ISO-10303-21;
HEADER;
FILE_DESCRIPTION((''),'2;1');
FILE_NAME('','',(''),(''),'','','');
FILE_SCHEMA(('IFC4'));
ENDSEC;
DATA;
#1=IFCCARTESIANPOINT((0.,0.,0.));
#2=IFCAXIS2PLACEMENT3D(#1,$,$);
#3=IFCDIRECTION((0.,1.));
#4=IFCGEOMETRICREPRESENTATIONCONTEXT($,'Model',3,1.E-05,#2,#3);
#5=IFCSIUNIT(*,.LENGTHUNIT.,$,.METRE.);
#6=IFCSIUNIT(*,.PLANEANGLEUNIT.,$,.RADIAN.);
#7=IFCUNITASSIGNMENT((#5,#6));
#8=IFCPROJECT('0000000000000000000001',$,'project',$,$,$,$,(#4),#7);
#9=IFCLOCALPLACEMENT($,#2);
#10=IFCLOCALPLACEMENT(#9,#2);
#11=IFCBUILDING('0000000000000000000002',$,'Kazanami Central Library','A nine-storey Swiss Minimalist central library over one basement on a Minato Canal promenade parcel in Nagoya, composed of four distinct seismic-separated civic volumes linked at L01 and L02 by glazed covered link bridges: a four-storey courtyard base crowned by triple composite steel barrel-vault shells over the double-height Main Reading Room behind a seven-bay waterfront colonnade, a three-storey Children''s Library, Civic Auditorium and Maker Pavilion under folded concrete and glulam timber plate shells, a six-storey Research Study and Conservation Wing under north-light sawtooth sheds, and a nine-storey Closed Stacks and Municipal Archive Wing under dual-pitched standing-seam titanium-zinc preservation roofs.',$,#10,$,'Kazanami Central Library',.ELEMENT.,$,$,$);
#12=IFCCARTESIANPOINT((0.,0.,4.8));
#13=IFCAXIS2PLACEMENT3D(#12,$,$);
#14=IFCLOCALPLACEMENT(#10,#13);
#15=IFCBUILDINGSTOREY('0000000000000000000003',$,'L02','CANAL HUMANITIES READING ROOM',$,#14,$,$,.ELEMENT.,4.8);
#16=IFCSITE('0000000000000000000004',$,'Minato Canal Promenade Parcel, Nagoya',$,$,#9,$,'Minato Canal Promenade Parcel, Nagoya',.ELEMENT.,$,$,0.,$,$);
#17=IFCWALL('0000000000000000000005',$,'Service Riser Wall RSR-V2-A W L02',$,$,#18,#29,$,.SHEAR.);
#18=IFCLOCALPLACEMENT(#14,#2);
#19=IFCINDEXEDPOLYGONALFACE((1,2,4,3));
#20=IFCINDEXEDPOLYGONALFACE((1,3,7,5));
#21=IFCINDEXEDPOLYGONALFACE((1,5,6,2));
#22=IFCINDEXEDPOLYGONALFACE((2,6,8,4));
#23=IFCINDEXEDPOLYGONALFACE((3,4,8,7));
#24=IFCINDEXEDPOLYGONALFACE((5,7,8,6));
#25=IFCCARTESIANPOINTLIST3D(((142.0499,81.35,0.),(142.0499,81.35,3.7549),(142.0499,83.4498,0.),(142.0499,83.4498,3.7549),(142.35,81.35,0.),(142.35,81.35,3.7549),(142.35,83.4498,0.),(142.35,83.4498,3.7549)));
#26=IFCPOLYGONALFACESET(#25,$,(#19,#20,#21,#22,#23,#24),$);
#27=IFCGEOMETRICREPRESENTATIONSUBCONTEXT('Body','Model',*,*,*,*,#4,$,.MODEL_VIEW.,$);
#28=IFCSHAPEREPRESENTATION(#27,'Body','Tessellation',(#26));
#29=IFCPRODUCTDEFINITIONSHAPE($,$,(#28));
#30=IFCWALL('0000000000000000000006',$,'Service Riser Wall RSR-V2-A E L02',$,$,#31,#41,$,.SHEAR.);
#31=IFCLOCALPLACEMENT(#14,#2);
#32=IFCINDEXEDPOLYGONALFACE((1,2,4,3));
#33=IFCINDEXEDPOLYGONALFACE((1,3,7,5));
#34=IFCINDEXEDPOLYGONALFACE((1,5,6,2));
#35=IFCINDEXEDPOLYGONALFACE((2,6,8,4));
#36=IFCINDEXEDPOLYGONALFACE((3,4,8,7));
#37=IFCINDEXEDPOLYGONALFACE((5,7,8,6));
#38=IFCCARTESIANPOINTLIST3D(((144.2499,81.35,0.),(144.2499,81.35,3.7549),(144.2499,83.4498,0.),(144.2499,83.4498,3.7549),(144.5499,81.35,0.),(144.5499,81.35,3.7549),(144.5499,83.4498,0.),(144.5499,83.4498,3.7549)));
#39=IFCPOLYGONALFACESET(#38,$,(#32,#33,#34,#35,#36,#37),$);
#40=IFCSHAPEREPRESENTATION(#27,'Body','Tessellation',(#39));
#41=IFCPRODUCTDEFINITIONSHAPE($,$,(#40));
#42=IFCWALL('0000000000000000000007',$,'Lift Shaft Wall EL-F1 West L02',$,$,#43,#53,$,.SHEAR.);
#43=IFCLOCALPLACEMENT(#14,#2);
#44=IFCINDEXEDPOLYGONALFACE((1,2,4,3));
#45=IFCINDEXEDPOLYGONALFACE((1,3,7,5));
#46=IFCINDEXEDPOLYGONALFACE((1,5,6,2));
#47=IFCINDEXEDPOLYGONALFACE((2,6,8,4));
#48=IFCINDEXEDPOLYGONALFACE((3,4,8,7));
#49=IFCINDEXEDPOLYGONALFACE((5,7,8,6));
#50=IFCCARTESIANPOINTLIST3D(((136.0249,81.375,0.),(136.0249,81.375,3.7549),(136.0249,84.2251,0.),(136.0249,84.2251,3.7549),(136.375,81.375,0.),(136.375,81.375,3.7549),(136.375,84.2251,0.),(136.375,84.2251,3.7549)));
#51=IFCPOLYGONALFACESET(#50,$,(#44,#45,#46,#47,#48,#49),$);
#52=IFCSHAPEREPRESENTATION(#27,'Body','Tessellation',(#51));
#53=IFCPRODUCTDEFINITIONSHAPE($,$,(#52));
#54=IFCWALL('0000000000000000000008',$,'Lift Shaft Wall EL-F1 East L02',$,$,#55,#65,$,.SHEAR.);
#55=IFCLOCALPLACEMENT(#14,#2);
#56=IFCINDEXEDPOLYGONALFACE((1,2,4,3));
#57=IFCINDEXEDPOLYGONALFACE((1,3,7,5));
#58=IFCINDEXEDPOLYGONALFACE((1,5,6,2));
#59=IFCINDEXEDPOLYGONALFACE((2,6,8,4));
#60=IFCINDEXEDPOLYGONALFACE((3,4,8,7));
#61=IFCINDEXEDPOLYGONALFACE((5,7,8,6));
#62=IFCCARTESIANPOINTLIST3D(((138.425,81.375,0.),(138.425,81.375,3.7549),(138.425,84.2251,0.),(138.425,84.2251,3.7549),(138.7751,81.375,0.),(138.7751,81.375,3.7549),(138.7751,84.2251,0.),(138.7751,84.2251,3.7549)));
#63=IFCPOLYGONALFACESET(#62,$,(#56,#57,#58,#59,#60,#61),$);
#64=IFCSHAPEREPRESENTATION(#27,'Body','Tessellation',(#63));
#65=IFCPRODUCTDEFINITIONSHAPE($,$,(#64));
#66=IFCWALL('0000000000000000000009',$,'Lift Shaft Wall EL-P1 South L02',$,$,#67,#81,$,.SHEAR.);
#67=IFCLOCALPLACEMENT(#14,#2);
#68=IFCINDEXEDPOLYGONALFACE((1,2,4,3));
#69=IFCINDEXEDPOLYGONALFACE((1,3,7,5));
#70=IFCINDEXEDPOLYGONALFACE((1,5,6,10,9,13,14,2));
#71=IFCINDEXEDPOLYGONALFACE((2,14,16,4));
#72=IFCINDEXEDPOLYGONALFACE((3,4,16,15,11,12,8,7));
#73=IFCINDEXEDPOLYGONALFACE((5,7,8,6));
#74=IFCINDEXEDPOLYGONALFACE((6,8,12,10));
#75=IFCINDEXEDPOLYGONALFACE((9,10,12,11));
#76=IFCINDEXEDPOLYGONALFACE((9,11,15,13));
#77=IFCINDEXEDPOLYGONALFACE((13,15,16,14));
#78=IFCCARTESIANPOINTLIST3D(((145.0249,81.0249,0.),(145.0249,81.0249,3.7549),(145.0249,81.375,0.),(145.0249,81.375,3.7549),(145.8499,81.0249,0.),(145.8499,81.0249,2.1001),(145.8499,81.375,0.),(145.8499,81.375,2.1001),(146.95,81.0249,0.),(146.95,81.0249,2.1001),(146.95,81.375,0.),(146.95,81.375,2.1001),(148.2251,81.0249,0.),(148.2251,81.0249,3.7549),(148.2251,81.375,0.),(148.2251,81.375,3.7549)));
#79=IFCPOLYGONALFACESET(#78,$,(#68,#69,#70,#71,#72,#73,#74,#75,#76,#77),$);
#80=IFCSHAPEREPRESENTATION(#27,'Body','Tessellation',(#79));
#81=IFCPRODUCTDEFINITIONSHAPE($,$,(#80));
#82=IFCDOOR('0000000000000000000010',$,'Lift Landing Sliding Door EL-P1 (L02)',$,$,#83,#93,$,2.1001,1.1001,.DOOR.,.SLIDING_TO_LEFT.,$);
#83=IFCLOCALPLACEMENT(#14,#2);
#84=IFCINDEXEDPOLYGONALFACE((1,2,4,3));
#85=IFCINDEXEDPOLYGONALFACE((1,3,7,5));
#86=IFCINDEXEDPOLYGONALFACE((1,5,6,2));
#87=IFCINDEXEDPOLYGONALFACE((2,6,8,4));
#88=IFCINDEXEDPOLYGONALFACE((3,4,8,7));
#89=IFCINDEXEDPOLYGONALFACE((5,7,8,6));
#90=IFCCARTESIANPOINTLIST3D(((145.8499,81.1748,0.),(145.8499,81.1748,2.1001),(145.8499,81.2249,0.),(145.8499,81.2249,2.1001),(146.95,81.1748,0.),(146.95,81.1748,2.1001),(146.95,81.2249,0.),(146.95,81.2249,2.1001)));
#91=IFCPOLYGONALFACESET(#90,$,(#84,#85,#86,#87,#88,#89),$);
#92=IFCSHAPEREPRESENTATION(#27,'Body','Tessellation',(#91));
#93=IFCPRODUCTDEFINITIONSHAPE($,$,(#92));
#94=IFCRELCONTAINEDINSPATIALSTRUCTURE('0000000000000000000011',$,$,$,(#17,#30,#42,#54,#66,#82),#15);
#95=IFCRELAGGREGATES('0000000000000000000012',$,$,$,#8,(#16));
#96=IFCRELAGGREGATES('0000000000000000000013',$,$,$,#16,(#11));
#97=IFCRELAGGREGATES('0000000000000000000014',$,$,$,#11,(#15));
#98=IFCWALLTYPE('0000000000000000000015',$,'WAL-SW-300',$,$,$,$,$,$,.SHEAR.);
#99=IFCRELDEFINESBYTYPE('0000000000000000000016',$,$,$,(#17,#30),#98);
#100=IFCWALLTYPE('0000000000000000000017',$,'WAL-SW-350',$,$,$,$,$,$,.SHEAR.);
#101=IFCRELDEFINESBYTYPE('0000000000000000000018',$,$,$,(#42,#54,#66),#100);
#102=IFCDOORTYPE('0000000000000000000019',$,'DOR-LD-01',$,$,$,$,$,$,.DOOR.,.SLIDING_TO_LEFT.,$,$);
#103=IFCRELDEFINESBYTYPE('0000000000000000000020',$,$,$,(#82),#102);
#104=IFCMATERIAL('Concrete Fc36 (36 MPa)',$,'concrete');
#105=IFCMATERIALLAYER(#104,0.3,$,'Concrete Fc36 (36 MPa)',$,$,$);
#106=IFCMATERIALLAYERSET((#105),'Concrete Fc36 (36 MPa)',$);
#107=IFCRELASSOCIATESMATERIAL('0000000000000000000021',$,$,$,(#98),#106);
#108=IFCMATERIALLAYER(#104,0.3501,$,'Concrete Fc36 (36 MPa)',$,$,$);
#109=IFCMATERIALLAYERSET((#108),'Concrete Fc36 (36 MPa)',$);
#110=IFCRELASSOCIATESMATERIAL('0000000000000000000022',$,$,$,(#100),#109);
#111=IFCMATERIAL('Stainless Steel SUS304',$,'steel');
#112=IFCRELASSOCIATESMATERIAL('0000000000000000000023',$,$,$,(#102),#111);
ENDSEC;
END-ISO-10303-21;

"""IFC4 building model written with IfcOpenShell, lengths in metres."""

from ifc_helpers import new_model, si_unit, direction, frame, frame_2d, origin, place, context, subcontext, project, spatial, rectangle, extrude, material, layer, layer_set, type_object, element, fill, save


model = new_model("IFC4")

# Units and contexts
model_context = context("Model", 3, precision=1e-05, world=origin(), true_north=direction((0.0, 1.0)))
body_context = subcontext(model_context, "Body", "Model", "MODEL_VIEW")
ifc_project = project(units=[si_unit("LENGTHUNIT", "METRE"), si_unit("PLANEANGLEUNIT", "RADIAN")], contexts=[model_context])

# Site, building, storey
site_placement = place(None, origin())
site = spatial("IfcSite", under=ifc_project, at=site_placement, Name="Minato Canal Promenade Parcel, Nagoya", LongName="Minato Canal Promenade Parcel, Nagoya", CompositionType="ELEMENT", RefElevation=0.0)
building_placement = place(site_placement, origin())
building = spatial("IfcBuilding", under=site, at=building_placement, Name="Kazanami Central Library", Description="A nine-storey Swiss Minimalist central library over one basement on a Minato Canal promenade parcel in Nagoya, composed of four distinct seismic-separated civic volumes linked at L01 and L02 by glazed covered link bridges: a four-storey courtyard base crowned by triple composite steel barrel-vault shells over the double-height Main Reading Room behind a seven-bay waterfront colonnade, a three-storey Children's Library, Civic Auditorium and Maker Pavilion under folded concrete and glulam timber plate shells, a six-storey Research Study and Conservation Wing under north-light sawtooth sheds, and a nine-storey Closed Stacks and Municipal Archive Wing under dual-pitched standing-seam titanium-zinc preservation roofs.", LongName="Kazanami Central Library", CompositionType="ELEMENT")
storey_placement = place(building_placement, frame((0.0, 0.0, 4.8)))
storey = spatial("IfcBuildingStorey", under=building, at=storey_placement, Name="L02", Description="CANAL HUMANITIES READING ROOM", CompositionType="ELEMENT", Elevation=4.8)

# Walls
ifc_material_1 = material(Name="Concrete Fc36 (36 MPa)", Category="concrete")
ifc_layer_1 = layer(ifc_material_1, 0.3, Name="Concrete Fc36 (36 MPa)")
ifc_layer_set_1 = layer_set([ifc_layer_1], Name="Concrete Fc36 (36 MPa)")
wall_type_1 = type_object("IfcWallType", Name="WAL-SW-300", PredefinedType="SHEAR", material=ifc_layer_set_1)
for number, where, z_axis, x_axis, name in (
    (1, (142.2, 81.3501, 0.0), (0.0, 0.0, 1.0), (0.0, 1.0, 0.0), "Service Riser Wall RSR-V2-A W L02"),
    (2, (144.3999, 81.3501, 0.0), (0.0, 0.0, 1.0), (0.0, 1.0, 0.0), "Service Riser Wall RSR-V2-A E L02"),
):
    element("IfcWall", number, at=place(storey_placement, frame(where, z_axis=z_axis, x_axis=x_axis)), inside=storey, type_object=wall_type_1, Name=name, PredefinedType="SHEAR", context=body_context, shape_type="SweptSolid", body=[
        extrude(rectangle(XDim=2.0999, YDim=0.3, at=frame_2d((1.0498, 0.0))), origin(), (0.0, 0.0, 1.0), 3.7549),
    ])

# Shared definitions
ifc_layer_2 = layer(ifc_material_1, 0.3501, Name="Concrete Fc36 (36 MPa)")
ifc_layer_set_2 = layer_set([ifc_layer_2], Name="Concrete Fc36 (36 MPa)")
wall_type_2 = type_object("IfcWallType", Name="WAL-SW-350", PredefinedType="SHEAR", material=ifc_layer_set_2)
ifc_material_2 = material(Name="Stainless Steel SUS304", Category="steel")

# Walls
for number, where, z_axis, x_axis, name in (
    (3, (136.2, 81.375, 0.0), (0.0, 0.0, 1.0), (0.0, 1.0, 0.0), "Lift Shaft Wall EL-F1 West L02"),
    (4, (138.6001, 81.375, 0.0), (0.0, 0.0, 1.0), (0.0, 1.0, 0.0), "Lift Shaft Wall EL-F1 East L02"),
):
    element("IfcWall", number, at=place(storey_placement, frame(where, z_axis=z_axis, x_axis=x_axis)), inside=storey, type_object=wall_type_2, Name=name, PredefinedType="SHEAR", context=body_context, shape_type="SweptSolid", body=[
        extrude(rectangle(XDim=2.8501, YDim=0.3501, at=frame_2d((1.425, 0.0))), origin(), (0.0, 0.0, 1.0), 3.7549),
    ])

# Wall, opening, door
wall_1_placement = place(storey_placement, frame((145.0249, 81.2, 0.0), z_axis=(0.0, 0.0, 1.0), x_axis=(1.0, 0.0, 0.0)))
wall_1 = element("IfcWall", 5, at=wall_1_placement, inside=storey, type_object=wall_type_2, Name="Lift Shaft Wall EL-P1 South L02", PredefinedType="SHEAR", context=body_context, shape_type="SweptSolid", body=[
    extrude(rectangle(XDim=3.2002, YDim=0.3501, at=frame_2d((1.6001, 0.0))), origin(), (0.0, 0.0, 1.0), 3.7549),
])
opening_1_placement = place(wall_1_placement, frame((0.825, 0.0, 0.0)))
opening_1 = element("IfcOpeningElement", 6, at=opening_1_placement, cuts=wall_1, PredefinedType="OPENING", context=body_context, shape_type="SweptSolid", body=[
    extrude(rectangle(XDim=1.1001, YDim=2.1001, at=frame_2d((0.55, 1.05))), frame((0.0, 0.187, 0.0), z_axis=(0.0, -1.0, 0.0), x_axis=(1.0, 0.0, 0.0)), (0.0, 0.0, 1.0), 0.374),
])
door_type_1 = type_object("IfcDoorType", Name="DOR-LD-01", OperationType="SLIDING_TO_LEFT", PredefinedType="DOOR", material=ifc_material_2)
door_1_placement = place(opening_1_placement, origin())
door_1 = element("IfcDoor", 7, at=door_1_placement, inside=storey, type_object=door_type_1, Name="Lift Landing Sliding Door EL-P1 (L02)", OperationType="SLIDING_TO_LEFT", OverallHeight=2.1001, OverallWidth=1.1001, PredefinedType="DOOR", context=body_context, shape_type="SweptSolid", body=[
    extrude(rectangle(XDim=1.1001, YDim=2.1001, at=frame_2d((0.55, 1.05))), frame((0.0, 0.0249, 0.0), z_axis=(0.0, -1.0, 0.0), x_axis=(1.0, 0.0, 0.0)), (0.0, 0.0, 1.0), 0.05),
])
fill(opening_1, door_1)

save(model, "model.ifc")
